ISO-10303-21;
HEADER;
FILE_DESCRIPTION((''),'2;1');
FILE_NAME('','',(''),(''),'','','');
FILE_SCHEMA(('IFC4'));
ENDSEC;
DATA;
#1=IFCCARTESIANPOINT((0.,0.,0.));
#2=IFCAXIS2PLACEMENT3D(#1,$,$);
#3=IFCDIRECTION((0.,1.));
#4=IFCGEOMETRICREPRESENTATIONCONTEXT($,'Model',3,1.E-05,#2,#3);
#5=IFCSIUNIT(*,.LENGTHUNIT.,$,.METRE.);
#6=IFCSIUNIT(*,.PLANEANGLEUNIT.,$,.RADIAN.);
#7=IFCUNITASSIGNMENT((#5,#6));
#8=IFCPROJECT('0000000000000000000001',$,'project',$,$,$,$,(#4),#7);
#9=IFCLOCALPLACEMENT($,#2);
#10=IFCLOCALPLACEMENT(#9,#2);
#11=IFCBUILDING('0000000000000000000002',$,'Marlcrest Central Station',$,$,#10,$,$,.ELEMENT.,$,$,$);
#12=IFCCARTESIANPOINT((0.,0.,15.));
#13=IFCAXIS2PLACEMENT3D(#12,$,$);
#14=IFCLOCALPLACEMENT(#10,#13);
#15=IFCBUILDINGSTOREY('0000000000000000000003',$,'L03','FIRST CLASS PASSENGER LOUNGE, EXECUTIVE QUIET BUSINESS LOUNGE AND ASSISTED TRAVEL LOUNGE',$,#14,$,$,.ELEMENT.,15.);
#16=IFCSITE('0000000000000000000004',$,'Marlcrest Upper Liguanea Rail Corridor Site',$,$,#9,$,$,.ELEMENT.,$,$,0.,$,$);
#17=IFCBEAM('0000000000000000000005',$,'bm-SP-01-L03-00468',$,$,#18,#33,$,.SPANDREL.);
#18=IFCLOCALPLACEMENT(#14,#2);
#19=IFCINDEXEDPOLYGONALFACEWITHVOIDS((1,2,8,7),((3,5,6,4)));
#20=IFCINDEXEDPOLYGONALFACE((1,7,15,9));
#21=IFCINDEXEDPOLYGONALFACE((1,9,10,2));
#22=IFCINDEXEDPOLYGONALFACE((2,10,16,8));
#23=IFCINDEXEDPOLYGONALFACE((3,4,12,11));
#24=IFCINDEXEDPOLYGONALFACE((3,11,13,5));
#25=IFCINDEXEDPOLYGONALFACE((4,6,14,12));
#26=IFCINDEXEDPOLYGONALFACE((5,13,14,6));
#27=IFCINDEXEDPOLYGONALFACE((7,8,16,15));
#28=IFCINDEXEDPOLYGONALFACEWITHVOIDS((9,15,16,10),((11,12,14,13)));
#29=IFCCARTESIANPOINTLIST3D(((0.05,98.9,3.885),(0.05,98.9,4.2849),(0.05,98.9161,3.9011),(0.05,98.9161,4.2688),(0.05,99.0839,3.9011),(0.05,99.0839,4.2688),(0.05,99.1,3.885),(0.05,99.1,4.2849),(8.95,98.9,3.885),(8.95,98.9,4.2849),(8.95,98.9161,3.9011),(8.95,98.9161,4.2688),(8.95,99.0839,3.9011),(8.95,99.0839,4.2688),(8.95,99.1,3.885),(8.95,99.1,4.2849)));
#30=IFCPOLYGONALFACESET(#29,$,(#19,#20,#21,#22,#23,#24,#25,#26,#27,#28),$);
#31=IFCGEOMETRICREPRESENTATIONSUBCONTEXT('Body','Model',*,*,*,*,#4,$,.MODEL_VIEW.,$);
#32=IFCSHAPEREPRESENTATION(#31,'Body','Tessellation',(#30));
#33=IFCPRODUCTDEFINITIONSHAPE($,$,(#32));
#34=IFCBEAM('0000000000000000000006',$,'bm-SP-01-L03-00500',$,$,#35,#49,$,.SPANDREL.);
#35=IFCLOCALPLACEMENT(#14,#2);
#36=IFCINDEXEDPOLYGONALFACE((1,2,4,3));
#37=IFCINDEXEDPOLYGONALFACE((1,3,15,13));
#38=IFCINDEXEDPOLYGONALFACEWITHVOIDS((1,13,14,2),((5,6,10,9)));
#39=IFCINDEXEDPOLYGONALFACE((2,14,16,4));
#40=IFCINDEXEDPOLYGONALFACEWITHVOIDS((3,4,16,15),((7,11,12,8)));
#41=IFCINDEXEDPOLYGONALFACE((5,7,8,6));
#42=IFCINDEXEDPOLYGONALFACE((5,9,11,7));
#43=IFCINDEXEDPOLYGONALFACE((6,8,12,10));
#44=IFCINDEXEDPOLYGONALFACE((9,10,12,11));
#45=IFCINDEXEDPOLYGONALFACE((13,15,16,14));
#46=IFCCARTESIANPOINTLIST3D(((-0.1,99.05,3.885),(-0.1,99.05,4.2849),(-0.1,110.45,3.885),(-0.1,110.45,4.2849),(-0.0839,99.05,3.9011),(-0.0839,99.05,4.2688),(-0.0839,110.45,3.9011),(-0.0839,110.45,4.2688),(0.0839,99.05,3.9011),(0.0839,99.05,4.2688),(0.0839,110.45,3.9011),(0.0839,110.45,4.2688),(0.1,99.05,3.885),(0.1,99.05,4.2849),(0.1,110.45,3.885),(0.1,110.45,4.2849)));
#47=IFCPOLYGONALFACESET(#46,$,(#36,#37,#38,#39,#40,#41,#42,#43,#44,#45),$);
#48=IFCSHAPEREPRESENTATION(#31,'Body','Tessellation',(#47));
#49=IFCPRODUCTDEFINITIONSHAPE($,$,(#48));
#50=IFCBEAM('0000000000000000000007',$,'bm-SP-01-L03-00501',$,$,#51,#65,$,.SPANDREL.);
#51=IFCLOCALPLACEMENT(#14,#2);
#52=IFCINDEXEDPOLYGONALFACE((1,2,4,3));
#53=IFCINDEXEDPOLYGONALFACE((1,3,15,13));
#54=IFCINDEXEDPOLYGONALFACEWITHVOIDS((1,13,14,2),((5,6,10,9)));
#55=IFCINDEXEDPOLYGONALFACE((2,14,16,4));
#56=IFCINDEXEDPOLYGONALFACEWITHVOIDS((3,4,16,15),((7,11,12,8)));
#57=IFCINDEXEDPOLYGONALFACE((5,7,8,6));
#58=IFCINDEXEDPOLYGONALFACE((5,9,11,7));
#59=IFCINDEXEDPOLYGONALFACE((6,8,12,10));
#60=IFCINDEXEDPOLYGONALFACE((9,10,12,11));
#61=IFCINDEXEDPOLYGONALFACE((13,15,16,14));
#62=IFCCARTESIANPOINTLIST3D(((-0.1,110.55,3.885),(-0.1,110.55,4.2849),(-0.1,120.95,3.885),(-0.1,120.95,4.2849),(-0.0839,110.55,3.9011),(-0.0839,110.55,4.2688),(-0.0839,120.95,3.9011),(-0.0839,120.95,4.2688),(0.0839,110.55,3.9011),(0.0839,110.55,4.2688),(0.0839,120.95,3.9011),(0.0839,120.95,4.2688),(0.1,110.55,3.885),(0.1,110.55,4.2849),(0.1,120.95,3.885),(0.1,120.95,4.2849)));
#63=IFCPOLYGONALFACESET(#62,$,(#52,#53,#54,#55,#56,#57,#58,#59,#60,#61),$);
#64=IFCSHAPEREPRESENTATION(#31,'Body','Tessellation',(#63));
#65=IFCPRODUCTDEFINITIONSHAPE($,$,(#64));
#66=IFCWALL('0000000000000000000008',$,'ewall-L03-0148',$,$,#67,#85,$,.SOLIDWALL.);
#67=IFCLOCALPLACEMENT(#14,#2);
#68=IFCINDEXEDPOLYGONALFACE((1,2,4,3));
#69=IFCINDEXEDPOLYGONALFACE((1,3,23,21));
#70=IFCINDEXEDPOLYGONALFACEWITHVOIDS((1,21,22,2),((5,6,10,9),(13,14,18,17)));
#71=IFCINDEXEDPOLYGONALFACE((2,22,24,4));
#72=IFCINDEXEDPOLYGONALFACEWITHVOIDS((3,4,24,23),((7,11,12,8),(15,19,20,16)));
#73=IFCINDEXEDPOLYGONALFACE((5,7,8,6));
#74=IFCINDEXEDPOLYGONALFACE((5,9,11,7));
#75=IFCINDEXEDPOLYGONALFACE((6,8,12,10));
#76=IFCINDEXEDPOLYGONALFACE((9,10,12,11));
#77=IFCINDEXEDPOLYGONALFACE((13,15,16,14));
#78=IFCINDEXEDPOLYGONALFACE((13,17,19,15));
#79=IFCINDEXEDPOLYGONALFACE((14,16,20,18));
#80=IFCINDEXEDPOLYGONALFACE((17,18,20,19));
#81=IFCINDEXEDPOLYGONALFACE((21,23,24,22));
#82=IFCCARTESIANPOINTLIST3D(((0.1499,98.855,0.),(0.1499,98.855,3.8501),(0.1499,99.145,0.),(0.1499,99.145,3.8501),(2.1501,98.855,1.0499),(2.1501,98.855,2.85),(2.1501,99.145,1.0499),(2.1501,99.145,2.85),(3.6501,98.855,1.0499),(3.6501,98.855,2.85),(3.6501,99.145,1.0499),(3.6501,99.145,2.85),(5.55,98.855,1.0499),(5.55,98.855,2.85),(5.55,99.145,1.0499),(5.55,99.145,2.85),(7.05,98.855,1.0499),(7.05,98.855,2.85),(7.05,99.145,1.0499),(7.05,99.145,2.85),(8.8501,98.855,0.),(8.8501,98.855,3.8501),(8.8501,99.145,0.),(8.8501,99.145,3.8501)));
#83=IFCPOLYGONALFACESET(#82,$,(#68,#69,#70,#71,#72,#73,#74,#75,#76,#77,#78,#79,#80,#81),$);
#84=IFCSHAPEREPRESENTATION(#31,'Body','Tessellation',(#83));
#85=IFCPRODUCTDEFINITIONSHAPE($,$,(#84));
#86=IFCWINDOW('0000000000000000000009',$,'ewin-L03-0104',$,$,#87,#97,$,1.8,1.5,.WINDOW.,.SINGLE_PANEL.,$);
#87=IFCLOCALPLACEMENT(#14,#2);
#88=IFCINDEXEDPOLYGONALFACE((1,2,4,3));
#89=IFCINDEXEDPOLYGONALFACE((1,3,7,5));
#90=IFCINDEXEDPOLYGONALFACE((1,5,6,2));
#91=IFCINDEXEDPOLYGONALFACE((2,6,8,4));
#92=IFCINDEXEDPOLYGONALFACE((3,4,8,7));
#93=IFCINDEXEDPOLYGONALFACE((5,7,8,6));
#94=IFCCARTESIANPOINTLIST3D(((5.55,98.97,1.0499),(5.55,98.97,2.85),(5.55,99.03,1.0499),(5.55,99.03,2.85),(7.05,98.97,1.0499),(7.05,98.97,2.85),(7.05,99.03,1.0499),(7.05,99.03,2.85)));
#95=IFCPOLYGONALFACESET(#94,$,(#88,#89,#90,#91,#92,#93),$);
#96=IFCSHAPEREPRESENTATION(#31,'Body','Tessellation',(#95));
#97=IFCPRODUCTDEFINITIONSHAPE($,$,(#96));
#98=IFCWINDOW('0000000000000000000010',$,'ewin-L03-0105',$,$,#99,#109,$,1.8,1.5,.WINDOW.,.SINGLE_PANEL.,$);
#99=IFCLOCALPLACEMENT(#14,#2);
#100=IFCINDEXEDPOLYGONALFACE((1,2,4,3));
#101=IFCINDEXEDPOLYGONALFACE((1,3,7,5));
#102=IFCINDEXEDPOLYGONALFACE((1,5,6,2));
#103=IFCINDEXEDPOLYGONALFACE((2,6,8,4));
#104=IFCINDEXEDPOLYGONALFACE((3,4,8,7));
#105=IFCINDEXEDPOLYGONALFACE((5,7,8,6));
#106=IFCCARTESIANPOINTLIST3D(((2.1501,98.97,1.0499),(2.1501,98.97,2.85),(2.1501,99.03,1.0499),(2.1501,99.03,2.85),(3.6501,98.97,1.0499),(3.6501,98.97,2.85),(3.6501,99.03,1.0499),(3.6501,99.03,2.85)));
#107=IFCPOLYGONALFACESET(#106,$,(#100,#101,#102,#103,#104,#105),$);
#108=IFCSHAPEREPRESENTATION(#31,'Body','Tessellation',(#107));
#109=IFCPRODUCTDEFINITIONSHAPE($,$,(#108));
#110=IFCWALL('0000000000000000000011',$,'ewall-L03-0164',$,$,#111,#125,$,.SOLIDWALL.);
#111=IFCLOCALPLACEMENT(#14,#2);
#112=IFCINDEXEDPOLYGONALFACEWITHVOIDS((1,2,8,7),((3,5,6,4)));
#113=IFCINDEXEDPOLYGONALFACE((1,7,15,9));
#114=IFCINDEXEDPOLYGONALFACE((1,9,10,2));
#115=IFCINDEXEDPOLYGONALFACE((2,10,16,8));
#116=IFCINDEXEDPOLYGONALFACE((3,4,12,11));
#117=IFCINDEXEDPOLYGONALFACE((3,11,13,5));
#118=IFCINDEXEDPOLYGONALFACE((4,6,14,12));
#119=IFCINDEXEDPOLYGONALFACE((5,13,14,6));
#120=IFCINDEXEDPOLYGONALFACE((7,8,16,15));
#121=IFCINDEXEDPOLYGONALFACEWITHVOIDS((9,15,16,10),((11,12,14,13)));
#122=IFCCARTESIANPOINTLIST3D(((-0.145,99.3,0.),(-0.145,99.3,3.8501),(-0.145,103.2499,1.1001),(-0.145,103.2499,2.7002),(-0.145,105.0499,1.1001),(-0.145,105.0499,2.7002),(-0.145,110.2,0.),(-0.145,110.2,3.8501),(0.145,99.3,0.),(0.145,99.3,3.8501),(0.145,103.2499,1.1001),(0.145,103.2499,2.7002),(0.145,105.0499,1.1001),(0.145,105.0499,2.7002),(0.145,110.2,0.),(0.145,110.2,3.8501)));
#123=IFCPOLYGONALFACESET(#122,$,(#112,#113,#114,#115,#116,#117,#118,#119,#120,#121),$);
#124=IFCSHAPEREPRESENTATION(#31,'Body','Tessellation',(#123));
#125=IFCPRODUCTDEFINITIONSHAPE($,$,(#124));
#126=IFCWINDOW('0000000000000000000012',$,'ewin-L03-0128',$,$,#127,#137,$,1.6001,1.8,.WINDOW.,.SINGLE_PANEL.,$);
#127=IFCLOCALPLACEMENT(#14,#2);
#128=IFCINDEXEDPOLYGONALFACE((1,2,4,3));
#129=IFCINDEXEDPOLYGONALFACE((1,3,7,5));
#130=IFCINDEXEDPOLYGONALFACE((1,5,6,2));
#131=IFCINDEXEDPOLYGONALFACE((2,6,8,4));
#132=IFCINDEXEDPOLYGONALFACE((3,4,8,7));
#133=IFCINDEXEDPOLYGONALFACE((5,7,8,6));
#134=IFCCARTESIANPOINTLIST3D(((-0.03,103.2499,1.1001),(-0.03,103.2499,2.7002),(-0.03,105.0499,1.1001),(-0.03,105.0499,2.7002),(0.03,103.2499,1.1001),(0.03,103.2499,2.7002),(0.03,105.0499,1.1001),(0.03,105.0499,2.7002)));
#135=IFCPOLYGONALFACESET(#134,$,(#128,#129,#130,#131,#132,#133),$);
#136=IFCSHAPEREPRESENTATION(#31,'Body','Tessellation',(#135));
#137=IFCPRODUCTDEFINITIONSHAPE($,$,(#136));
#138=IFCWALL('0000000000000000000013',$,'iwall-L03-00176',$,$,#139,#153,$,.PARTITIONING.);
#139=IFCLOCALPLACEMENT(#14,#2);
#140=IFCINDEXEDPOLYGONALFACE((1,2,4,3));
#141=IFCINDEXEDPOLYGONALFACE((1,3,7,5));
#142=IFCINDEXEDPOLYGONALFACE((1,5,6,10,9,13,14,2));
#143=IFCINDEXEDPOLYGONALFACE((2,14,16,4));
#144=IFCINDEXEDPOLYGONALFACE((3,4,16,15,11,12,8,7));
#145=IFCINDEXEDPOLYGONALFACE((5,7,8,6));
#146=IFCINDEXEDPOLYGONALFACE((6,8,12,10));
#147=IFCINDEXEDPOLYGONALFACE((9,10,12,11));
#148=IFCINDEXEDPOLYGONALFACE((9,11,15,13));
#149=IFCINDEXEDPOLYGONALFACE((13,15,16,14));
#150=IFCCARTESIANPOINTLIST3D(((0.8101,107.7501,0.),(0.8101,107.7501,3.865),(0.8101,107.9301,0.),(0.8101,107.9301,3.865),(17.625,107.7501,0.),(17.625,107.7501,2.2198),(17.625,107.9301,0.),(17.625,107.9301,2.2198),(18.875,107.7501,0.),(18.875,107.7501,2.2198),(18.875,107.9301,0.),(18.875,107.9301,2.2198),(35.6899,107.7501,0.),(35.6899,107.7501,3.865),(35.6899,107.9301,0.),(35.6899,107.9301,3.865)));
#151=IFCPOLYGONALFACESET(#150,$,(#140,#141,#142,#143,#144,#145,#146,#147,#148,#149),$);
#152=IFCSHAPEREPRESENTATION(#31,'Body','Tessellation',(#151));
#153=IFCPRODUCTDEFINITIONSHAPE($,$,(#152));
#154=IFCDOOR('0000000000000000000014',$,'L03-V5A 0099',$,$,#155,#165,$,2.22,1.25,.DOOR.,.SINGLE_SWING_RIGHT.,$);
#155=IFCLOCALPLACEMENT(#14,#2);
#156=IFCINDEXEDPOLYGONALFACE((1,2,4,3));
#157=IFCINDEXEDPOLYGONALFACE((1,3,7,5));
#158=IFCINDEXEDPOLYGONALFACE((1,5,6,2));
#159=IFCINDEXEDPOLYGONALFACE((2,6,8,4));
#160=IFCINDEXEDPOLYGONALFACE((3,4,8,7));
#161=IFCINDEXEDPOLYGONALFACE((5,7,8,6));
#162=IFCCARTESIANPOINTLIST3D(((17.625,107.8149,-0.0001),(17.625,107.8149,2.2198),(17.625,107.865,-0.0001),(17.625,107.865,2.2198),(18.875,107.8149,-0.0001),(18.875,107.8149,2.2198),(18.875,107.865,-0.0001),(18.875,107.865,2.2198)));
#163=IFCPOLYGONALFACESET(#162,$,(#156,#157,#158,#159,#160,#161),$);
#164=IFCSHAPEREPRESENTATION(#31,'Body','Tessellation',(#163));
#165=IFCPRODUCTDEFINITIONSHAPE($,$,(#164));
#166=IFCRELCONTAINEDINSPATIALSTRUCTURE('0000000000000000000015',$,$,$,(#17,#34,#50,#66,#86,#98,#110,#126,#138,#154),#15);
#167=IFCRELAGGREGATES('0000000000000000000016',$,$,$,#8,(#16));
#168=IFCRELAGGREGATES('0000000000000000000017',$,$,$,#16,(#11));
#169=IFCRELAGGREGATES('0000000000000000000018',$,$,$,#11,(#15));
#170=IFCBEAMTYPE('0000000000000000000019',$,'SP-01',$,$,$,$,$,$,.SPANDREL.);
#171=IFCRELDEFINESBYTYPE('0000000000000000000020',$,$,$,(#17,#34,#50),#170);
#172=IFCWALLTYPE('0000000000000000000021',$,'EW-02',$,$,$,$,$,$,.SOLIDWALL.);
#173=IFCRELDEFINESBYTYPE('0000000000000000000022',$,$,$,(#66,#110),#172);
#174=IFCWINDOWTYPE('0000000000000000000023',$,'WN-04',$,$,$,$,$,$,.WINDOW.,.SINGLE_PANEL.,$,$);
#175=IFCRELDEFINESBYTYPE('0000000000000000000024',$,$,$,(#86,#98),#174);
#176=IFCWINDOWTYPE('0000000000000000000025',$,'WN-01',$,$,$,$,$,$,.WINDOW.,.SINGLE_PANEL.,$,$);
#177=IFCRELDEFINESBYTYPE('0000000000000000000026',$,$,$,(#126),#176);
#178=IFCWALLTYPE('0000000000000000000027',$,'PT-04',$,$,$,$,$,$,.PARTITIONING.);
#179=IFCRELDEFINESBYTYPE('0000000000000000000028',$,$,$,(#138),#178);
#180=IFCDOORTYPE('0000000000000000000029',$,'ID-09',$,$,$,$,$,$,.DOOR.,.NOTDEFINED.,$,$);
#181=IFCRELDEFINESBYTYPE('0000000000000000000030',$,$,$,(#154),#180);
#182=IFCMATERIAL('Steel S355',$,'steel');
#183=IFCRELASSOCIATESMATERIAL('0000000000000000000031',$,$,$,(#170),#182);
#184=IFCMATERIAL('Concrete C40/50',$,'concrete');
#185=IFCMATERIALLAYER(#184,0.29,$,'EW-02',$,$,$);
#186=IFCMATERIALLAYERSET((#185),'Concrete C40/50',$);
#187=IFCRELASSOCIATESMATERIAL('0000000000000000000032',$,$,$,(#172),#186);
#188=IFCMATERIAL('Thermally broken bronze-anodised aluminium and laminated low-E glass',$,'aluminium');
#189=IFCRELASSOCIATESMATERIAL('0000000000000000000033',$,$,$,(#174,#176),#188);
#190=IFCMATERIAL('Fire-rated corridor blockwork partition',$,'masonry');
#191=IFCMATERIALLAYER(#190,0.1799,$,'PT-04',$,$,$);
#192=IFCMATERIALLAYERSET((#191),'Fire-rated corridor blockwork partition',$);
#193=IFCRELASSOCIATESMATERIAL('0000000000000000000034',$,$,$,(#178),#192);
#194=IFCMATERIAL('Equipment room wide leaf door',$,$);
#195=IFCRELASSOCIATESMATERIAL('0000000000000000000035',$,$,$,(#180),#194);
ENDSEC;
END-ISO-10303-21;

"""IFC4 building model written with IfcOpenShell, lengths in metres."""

from ifc_helpers import new_model, si_unit, direction, frame, frame_2d, origin, origin_2d, place, context, subcontext, project, spatial, rectangle, hollow_rectangle, extrude, material, layer, layer_set, material_profile, profile_set, type_object, element, fill, save


model = new_model("IFC4")

# Units and contexts
model_context = context("Model", 3, precision=1e-05, world=origin(), true_north=direction((0.0, 1.0)))
body_context = subcontext(model_context, "Body", "Model", "MODEL_VIEW")
ifc_project = project(units=[si_unit("LENGTHUNIT", "METRE"), si_unit("PLANEANGLEUNIT", "RADIAN")], contexts=[model_context])

# Site, building, storey
site_placement = place(None, origin())
site = spatial("IfcSite", under=ifc_project, at=site_placement, Name="Marlcrest Upper Liguanea Rail Corridor Site", CompositionType="ELEMENT", RefElevation=0.0)
building_placement = place(site_placement, origin())
building = spatial("IfcBuilding", under=site, at=building_placement, Name="Marlcrest Central Station", CompositionType="ELEMENT")
storey_placement = place(building_placement, frame((0.0, 0.0, 15.0)))
storey = spatial("IfcBuildingStorey", under=building, at=storey_placement, Name="L03", Description="FIRST CLASS PASSENGER LOUNGE, EXECUTIVE QUIET BUSINESS LOUNGE AND ASSISTED TRAVEL LOUNGE", CompositionType="ELEMENT", Elevation=15.0)

# Shared definitions
ifc_material_1 = material(Name="Steel S355", Category="steel")

# Beams
ifc_material_profile_1 = material_profile(ifc_material_1, hollow_rectangle(XDim=0.2, YDim=0.3999, WallThickness=0.0161, at=origin_2d()), Name="RHS 400x200x16")
ifc_profile_set_1 = profile_set([ifc_material_profile_1], Name="Steel S355")
beam_type_1 = type_object("IfcBeamType", Name="SP-01", PredefinedType="SPANDREL", material=ifc_profile_set_1)
beam_1_placement = place(storey_placement, frame((0.05, 99.0, 4.085), z_axis=(1.0, 0.0, 0.0), x_axis=(0.0, 1.0, 0.0)))
element("IfcBeam", 1, at=beam_1_placement, inside=storey, type_object=beam_type_1, Name="bm-SP-01-L03-00468", PredefinedType="SPANDREL", context=body_context, shape_type="SweptSolid", body=[
    extrude(hollow_rectangle(XDim=0.2, YDim=0.3999, WallThickness=0.0161, at=origin_2d()), origin(), (0.0, 0.0, 1.0), 8.8999),
])
beam_2_placement = place(storey_placement, frame((0.0, 99.05, 4.085), z_axis=(0.0, 1.0, 0.0), x_axis=(-1.0, 0.0, 0.0)))
element("IfcBeam", 2, at=beam_2_placement, inside=storey, type_object=beam_type_1, Name="bm-SP-01-L03-00500", PredefinedType="SPANDREL", context=body_context, shape_type="SweptSolid", body=[
    extrude(hollow_rectangle(XDim=0.2, YDim=0.3999, WallThickness=0.0161, at=origin_2d()), origin(), (0.0, 0.0, 1.0), 11.3999),
])
beam_3_placement = place(storey_placement, frame((0.0, 110.55, 4.085), z_axis=(0.0, 1.0, 0.0), x_axis=(-1.0, 0.0, 0.0)))
element("IfcBeam", 3, at=beam_3_placement, inside=storey, type_object=beam_type_1, Name="bm-SP-01-L03-00501", PredefinedType="SPANDREL", context=body_context, shape_type="SweptSolid", body=[
    extrude(hollow_rectangle(XDim=0.2, YDim=0.3999, WallThickness=0.0161, at=origin_2d()), origin(), (0.0, 0.0, 1.0), 10.3999),
])

# Wall, openings, windows
ifc_material_2 = material(Name="Concrete C40/50", Category="concrete")
ifc_layer_1 = layer(ifc_material_2, 0.29, Name="EW-02")
ifc_layer_set_1 = layer_set([ifc_layer_1], Name="Concrete C40/50")
wall_type_1 = type_object("IfcWallType", Name="EW-02", PredefinedType="SOLIDWALL", material=ifc_layer_set_1)
wall_1_placement = place(storey_placement, frame((8.8501, 99.0, 0.0), z_axis=(0.0, 0.0, 1.0), x_axis=(-1.0, 0.0, 0.0)))
wall_1 = element("IfcWall", 4, at=wall_1_placement, inside=storey, type_object=wall_type_1, Name="ewall-L03-0148", PredefinedType="SOLIDWALL", context=body_context, shape_type="SweptSolid", body=[
    extrude(rectangle(XDim=8.7002, YDim=0.29, at=frame_2d((4.3501, 0.0))), origin(), (0.0, 0.0, 1.0), 3.8501),
])
opening_1_placement = place(wall_1_placement, frame((1.8, 0.0, 1.05)))
opening_1 = element("IfcOpeningElement", 5, at=opening_1_placement, cuts=wall_1, PredefinedType="OPENING", context=body_context, shape_type="SweptSolid", body=[
    extrude(rectangle(XDim=1.5, YDim=1.8, at=frame_2d((0.75, 0.8999))), frame((0.0, 0.155, 0.0), z_axis=(0.0, -1.0, 0.0), x_axis=(1.0, 0.0, 0.0)), (0.0, 0.0, 1.0), 0.3101),
])
opening_2_placement = place(wall_1_placement, frame((5.2, 0.0, 1.05)))
opening_2 = element("IfcOpeningElement", 6, at=opening_2_placement, cuts=wall_1, PredefinedType="OPENING", context=body_context, shape_type="SweptSolid", body=[
    extrude(rectangle(XDim=1.5, YDim=1.8, at=frame_2d((0.75, 0.8999))), frame((0.0, 0.155, 0.0), z_axis=(0.0, -1.0, 0.0), x_axis=(1.0, 0.0, 0.0)), (0.0, 0.0, 1.0), 0.3101),
])
ifc_material_3 = material(Name="Thermally broken bronze-anodised aluminium and laminated low-E glass", Category="aluminium")
window_type_1 = type_object("IfcWindowType", Name="WN-04", PartitioningType="SINGLE_PANEL", PredefinedType="WINDOW", material=ifc_material_3)
window_1_placement = place(opening_1_placement, origin())
window_1 = element("IfcWindow", 7, at=window_1_placement, inside=storey, type_object=window_type_1, Name="ewin-L03-0104", OverallHeight=1.8, OverallWidth=1.5, PartitioningType="SINGLE_PANEL", PredefinedType="WINDOW", context=body_context, shape_type="SweptSolid", body=[
    extrude(rectangle(XDim=1.5, YDim=1.8, at=frame_2d((0.75, 0.8999))), frame((0.0, 0.03, 0.0), z_axis=(0.0, -1.0, 0.0), x_axis=(1.0, 0.0, 0.0)), (0.0, 0.0, 1.0), 0.0601),
])
fill(opening_1, window_1)
window_2_placement = place(opening_2_placement, origin())
window_2 = element("IfcWindow", 8, at=window_2_placement, inside=storey, type_object=window_type_1, Name="ewin-L03-0105", OverallHeight=1.8, OverallWidth=1.5, PartitioningType="SINGLE_PANEL", PredefinedType="WINDOW", context=body_context, shape_type="SweptSolid", body=[
    extrude(rectangle(XDim=1.5, YDim=1.8, at=frame_2d((0.75, 0.8999))), frame((0.0, 0.03, 0.0), z_axis=(0.0, -1.0, 0.0), x_axis=(1.0, 0.0, 0.0)), (0.0, 0.0, 1.0), 0.0601),
])
fill(opening_2, window_2)

# Wall, opening, window
wall_2_placement = place(storey_placement, frame((0.0, 99.3, 0.0), z_axis=(0.0, 0.0, 1.0), x_axis=(0.0, 1.0, 0.0)))
wall_2 = element("IfcWall", 9, at=wall_2_placement, inside=storey, type_object=wall_type_1, Name="ewall-L03-0164", PredefinedType="SOLIDWALL", context=body_context, shape_type="SweptSolid", body=[
    extrude(rectangle(XDim=10.8999, YDim=0.29, at=frame_2d((5.45, 0.0))), origin(), (0.0, 0.0, 1.0), 3.8501),
])
opening_3_placement = place(wall_2_placement, frame((3.95, 0.0, 1.1001)))
opening_3 = element("IfcOpeningElement", 10, at=opening_3_placement, cuts=wall_2, PredefinedType="OPENING", context=body_context, shape_type="SweptSolid", body=[
    extrude(rectangle(XDim=1.8, YDim=1.6001, at=frame_2d((0.8999, 0.8))), frame((0.0, 0.155, 0.0), z_axis=(0.0, -1.0, 0.0), x_axis=(1.0, 0.0, 0.0)), (0.0, 0.0, 1.0), 0.3101),
])
window_type_2 = type_object("IfcWindowType", Name="WN-01", PartitioningType="SINGLE_PANEL", PredefinedType="WINDOW", material=ifc_material_3)
window_3_placement = place(opening_3_placement, origin())
window_3 = element("IfcWindow", 11, at=window_3_placement, inside=storey, type_object=window_type_2, Name="ewin-L03-0128", OverallHeight=1.6001, OverallWidth=1.8, PartitioningType="SINGLE_PANEL", PredefinedType="WINDOW", context=body_context, shape_type="SweptSolid", body=[
    extrude(rectangle(XDim=1.8, YDim=1.6001, at=frame_2d((0.8999, 0.8))), frame((0.0, 0.03, 0.0), z_axis=(0.0, -1.0, 0.0), x_axis=(1.0, 0.0, 0.0)), (0.0, 0.0, 1.0), 0.0601),
])
fill(opening_3, window_3)

# Wall, opening, door
ifc_material_4 = material(Name="Fire-rated corridor blockwork partition", Category="masonry")
ifc_layer_2 = layer(ifc_material_4, 0.1799, Name="PT-04")
ifc_layer_set_2 = layer_set([ifc_layer_2], Name="Fire-rated corridor blockwork partition")
wall_type_2 = type_object("IfcWallType", Name="PT-04", PredefinedType="PARTITIONING", material=ifc_layer_set_2)
wall_3_placement = place(storey_placement, frame((0.8101, 107.8401, 0.0), z_axis=(0.0, 0.0, 1.0), x_axis=(1.0, 0.0, 0.0)))
wall_3 = element("IfcWall", 12, at=wall_3_placement, inside=storey, type_object=wall_type_2, Name="iwall-L03-00176", PredefinedType="PARTITIONING", context=body_context, shape_type="SweptSolid", body=[
    extrude(rectangle(XDim=34.8799, YDim=0.1799, at=frame_2d((17.4399, 0.0))), origin(), (0.0, 0.0, 1.0), 3.865),
])
opening_4_placement = place(wall_3_placement, frame((16.8149, 0.0, 0.0)))
opening_4 = element("IfcOpeningElement", 13, at=opening_4_placement, cuts=wall_3, PredefinedType="OPENING", context=body_context, shape_type="SweptSolid", body=[
    extrude(rectangle(XDim=1.25, YDim=2.22, at=frame_2d((0.625, 1.1099))), frame((0.0, 0.0999, 0.0), z_axis=(0.0, -1.0, 0.0), x_axis=(1.0, 0.0, 0.0)), (0.0, 0.0, 1.0), 0.2),
])
ifc_material_5 = material(Name="Equipment room wide leaf door")
door_type = type_object("IfcDoorType", Name="ID-09", OperationType="NOTDEFINED", PredefinedType="DOOR", material=ifc_material_5)
door_placement = place(opening_4_placement, origin())
door = element("IfcDoor", 14, at=door_placement, inside=storey, type_object=door_type, Name="L03-V5A 0099", OperationType="SINGLE_SWING_RIGHT", OverallHeight=2.22, OverallWidth=1.25, PredefinedType="DOOR", context=body_context, shape_type="SweptSolid", body=[
    extrude(rectangle(XDim=1.25, YDim=2.22, at=frame_2d((0.625, 1.1099))), frame((0.0, 0.0249, 0.0), z_axis=(0.0, -1.0, 0.0), x_axis=(1.0, 0.0, 0.0)), (0.0, 0.0, 1.0), 0.05),
])
fill(opening_4, door)

save(model, "model.ifc")
